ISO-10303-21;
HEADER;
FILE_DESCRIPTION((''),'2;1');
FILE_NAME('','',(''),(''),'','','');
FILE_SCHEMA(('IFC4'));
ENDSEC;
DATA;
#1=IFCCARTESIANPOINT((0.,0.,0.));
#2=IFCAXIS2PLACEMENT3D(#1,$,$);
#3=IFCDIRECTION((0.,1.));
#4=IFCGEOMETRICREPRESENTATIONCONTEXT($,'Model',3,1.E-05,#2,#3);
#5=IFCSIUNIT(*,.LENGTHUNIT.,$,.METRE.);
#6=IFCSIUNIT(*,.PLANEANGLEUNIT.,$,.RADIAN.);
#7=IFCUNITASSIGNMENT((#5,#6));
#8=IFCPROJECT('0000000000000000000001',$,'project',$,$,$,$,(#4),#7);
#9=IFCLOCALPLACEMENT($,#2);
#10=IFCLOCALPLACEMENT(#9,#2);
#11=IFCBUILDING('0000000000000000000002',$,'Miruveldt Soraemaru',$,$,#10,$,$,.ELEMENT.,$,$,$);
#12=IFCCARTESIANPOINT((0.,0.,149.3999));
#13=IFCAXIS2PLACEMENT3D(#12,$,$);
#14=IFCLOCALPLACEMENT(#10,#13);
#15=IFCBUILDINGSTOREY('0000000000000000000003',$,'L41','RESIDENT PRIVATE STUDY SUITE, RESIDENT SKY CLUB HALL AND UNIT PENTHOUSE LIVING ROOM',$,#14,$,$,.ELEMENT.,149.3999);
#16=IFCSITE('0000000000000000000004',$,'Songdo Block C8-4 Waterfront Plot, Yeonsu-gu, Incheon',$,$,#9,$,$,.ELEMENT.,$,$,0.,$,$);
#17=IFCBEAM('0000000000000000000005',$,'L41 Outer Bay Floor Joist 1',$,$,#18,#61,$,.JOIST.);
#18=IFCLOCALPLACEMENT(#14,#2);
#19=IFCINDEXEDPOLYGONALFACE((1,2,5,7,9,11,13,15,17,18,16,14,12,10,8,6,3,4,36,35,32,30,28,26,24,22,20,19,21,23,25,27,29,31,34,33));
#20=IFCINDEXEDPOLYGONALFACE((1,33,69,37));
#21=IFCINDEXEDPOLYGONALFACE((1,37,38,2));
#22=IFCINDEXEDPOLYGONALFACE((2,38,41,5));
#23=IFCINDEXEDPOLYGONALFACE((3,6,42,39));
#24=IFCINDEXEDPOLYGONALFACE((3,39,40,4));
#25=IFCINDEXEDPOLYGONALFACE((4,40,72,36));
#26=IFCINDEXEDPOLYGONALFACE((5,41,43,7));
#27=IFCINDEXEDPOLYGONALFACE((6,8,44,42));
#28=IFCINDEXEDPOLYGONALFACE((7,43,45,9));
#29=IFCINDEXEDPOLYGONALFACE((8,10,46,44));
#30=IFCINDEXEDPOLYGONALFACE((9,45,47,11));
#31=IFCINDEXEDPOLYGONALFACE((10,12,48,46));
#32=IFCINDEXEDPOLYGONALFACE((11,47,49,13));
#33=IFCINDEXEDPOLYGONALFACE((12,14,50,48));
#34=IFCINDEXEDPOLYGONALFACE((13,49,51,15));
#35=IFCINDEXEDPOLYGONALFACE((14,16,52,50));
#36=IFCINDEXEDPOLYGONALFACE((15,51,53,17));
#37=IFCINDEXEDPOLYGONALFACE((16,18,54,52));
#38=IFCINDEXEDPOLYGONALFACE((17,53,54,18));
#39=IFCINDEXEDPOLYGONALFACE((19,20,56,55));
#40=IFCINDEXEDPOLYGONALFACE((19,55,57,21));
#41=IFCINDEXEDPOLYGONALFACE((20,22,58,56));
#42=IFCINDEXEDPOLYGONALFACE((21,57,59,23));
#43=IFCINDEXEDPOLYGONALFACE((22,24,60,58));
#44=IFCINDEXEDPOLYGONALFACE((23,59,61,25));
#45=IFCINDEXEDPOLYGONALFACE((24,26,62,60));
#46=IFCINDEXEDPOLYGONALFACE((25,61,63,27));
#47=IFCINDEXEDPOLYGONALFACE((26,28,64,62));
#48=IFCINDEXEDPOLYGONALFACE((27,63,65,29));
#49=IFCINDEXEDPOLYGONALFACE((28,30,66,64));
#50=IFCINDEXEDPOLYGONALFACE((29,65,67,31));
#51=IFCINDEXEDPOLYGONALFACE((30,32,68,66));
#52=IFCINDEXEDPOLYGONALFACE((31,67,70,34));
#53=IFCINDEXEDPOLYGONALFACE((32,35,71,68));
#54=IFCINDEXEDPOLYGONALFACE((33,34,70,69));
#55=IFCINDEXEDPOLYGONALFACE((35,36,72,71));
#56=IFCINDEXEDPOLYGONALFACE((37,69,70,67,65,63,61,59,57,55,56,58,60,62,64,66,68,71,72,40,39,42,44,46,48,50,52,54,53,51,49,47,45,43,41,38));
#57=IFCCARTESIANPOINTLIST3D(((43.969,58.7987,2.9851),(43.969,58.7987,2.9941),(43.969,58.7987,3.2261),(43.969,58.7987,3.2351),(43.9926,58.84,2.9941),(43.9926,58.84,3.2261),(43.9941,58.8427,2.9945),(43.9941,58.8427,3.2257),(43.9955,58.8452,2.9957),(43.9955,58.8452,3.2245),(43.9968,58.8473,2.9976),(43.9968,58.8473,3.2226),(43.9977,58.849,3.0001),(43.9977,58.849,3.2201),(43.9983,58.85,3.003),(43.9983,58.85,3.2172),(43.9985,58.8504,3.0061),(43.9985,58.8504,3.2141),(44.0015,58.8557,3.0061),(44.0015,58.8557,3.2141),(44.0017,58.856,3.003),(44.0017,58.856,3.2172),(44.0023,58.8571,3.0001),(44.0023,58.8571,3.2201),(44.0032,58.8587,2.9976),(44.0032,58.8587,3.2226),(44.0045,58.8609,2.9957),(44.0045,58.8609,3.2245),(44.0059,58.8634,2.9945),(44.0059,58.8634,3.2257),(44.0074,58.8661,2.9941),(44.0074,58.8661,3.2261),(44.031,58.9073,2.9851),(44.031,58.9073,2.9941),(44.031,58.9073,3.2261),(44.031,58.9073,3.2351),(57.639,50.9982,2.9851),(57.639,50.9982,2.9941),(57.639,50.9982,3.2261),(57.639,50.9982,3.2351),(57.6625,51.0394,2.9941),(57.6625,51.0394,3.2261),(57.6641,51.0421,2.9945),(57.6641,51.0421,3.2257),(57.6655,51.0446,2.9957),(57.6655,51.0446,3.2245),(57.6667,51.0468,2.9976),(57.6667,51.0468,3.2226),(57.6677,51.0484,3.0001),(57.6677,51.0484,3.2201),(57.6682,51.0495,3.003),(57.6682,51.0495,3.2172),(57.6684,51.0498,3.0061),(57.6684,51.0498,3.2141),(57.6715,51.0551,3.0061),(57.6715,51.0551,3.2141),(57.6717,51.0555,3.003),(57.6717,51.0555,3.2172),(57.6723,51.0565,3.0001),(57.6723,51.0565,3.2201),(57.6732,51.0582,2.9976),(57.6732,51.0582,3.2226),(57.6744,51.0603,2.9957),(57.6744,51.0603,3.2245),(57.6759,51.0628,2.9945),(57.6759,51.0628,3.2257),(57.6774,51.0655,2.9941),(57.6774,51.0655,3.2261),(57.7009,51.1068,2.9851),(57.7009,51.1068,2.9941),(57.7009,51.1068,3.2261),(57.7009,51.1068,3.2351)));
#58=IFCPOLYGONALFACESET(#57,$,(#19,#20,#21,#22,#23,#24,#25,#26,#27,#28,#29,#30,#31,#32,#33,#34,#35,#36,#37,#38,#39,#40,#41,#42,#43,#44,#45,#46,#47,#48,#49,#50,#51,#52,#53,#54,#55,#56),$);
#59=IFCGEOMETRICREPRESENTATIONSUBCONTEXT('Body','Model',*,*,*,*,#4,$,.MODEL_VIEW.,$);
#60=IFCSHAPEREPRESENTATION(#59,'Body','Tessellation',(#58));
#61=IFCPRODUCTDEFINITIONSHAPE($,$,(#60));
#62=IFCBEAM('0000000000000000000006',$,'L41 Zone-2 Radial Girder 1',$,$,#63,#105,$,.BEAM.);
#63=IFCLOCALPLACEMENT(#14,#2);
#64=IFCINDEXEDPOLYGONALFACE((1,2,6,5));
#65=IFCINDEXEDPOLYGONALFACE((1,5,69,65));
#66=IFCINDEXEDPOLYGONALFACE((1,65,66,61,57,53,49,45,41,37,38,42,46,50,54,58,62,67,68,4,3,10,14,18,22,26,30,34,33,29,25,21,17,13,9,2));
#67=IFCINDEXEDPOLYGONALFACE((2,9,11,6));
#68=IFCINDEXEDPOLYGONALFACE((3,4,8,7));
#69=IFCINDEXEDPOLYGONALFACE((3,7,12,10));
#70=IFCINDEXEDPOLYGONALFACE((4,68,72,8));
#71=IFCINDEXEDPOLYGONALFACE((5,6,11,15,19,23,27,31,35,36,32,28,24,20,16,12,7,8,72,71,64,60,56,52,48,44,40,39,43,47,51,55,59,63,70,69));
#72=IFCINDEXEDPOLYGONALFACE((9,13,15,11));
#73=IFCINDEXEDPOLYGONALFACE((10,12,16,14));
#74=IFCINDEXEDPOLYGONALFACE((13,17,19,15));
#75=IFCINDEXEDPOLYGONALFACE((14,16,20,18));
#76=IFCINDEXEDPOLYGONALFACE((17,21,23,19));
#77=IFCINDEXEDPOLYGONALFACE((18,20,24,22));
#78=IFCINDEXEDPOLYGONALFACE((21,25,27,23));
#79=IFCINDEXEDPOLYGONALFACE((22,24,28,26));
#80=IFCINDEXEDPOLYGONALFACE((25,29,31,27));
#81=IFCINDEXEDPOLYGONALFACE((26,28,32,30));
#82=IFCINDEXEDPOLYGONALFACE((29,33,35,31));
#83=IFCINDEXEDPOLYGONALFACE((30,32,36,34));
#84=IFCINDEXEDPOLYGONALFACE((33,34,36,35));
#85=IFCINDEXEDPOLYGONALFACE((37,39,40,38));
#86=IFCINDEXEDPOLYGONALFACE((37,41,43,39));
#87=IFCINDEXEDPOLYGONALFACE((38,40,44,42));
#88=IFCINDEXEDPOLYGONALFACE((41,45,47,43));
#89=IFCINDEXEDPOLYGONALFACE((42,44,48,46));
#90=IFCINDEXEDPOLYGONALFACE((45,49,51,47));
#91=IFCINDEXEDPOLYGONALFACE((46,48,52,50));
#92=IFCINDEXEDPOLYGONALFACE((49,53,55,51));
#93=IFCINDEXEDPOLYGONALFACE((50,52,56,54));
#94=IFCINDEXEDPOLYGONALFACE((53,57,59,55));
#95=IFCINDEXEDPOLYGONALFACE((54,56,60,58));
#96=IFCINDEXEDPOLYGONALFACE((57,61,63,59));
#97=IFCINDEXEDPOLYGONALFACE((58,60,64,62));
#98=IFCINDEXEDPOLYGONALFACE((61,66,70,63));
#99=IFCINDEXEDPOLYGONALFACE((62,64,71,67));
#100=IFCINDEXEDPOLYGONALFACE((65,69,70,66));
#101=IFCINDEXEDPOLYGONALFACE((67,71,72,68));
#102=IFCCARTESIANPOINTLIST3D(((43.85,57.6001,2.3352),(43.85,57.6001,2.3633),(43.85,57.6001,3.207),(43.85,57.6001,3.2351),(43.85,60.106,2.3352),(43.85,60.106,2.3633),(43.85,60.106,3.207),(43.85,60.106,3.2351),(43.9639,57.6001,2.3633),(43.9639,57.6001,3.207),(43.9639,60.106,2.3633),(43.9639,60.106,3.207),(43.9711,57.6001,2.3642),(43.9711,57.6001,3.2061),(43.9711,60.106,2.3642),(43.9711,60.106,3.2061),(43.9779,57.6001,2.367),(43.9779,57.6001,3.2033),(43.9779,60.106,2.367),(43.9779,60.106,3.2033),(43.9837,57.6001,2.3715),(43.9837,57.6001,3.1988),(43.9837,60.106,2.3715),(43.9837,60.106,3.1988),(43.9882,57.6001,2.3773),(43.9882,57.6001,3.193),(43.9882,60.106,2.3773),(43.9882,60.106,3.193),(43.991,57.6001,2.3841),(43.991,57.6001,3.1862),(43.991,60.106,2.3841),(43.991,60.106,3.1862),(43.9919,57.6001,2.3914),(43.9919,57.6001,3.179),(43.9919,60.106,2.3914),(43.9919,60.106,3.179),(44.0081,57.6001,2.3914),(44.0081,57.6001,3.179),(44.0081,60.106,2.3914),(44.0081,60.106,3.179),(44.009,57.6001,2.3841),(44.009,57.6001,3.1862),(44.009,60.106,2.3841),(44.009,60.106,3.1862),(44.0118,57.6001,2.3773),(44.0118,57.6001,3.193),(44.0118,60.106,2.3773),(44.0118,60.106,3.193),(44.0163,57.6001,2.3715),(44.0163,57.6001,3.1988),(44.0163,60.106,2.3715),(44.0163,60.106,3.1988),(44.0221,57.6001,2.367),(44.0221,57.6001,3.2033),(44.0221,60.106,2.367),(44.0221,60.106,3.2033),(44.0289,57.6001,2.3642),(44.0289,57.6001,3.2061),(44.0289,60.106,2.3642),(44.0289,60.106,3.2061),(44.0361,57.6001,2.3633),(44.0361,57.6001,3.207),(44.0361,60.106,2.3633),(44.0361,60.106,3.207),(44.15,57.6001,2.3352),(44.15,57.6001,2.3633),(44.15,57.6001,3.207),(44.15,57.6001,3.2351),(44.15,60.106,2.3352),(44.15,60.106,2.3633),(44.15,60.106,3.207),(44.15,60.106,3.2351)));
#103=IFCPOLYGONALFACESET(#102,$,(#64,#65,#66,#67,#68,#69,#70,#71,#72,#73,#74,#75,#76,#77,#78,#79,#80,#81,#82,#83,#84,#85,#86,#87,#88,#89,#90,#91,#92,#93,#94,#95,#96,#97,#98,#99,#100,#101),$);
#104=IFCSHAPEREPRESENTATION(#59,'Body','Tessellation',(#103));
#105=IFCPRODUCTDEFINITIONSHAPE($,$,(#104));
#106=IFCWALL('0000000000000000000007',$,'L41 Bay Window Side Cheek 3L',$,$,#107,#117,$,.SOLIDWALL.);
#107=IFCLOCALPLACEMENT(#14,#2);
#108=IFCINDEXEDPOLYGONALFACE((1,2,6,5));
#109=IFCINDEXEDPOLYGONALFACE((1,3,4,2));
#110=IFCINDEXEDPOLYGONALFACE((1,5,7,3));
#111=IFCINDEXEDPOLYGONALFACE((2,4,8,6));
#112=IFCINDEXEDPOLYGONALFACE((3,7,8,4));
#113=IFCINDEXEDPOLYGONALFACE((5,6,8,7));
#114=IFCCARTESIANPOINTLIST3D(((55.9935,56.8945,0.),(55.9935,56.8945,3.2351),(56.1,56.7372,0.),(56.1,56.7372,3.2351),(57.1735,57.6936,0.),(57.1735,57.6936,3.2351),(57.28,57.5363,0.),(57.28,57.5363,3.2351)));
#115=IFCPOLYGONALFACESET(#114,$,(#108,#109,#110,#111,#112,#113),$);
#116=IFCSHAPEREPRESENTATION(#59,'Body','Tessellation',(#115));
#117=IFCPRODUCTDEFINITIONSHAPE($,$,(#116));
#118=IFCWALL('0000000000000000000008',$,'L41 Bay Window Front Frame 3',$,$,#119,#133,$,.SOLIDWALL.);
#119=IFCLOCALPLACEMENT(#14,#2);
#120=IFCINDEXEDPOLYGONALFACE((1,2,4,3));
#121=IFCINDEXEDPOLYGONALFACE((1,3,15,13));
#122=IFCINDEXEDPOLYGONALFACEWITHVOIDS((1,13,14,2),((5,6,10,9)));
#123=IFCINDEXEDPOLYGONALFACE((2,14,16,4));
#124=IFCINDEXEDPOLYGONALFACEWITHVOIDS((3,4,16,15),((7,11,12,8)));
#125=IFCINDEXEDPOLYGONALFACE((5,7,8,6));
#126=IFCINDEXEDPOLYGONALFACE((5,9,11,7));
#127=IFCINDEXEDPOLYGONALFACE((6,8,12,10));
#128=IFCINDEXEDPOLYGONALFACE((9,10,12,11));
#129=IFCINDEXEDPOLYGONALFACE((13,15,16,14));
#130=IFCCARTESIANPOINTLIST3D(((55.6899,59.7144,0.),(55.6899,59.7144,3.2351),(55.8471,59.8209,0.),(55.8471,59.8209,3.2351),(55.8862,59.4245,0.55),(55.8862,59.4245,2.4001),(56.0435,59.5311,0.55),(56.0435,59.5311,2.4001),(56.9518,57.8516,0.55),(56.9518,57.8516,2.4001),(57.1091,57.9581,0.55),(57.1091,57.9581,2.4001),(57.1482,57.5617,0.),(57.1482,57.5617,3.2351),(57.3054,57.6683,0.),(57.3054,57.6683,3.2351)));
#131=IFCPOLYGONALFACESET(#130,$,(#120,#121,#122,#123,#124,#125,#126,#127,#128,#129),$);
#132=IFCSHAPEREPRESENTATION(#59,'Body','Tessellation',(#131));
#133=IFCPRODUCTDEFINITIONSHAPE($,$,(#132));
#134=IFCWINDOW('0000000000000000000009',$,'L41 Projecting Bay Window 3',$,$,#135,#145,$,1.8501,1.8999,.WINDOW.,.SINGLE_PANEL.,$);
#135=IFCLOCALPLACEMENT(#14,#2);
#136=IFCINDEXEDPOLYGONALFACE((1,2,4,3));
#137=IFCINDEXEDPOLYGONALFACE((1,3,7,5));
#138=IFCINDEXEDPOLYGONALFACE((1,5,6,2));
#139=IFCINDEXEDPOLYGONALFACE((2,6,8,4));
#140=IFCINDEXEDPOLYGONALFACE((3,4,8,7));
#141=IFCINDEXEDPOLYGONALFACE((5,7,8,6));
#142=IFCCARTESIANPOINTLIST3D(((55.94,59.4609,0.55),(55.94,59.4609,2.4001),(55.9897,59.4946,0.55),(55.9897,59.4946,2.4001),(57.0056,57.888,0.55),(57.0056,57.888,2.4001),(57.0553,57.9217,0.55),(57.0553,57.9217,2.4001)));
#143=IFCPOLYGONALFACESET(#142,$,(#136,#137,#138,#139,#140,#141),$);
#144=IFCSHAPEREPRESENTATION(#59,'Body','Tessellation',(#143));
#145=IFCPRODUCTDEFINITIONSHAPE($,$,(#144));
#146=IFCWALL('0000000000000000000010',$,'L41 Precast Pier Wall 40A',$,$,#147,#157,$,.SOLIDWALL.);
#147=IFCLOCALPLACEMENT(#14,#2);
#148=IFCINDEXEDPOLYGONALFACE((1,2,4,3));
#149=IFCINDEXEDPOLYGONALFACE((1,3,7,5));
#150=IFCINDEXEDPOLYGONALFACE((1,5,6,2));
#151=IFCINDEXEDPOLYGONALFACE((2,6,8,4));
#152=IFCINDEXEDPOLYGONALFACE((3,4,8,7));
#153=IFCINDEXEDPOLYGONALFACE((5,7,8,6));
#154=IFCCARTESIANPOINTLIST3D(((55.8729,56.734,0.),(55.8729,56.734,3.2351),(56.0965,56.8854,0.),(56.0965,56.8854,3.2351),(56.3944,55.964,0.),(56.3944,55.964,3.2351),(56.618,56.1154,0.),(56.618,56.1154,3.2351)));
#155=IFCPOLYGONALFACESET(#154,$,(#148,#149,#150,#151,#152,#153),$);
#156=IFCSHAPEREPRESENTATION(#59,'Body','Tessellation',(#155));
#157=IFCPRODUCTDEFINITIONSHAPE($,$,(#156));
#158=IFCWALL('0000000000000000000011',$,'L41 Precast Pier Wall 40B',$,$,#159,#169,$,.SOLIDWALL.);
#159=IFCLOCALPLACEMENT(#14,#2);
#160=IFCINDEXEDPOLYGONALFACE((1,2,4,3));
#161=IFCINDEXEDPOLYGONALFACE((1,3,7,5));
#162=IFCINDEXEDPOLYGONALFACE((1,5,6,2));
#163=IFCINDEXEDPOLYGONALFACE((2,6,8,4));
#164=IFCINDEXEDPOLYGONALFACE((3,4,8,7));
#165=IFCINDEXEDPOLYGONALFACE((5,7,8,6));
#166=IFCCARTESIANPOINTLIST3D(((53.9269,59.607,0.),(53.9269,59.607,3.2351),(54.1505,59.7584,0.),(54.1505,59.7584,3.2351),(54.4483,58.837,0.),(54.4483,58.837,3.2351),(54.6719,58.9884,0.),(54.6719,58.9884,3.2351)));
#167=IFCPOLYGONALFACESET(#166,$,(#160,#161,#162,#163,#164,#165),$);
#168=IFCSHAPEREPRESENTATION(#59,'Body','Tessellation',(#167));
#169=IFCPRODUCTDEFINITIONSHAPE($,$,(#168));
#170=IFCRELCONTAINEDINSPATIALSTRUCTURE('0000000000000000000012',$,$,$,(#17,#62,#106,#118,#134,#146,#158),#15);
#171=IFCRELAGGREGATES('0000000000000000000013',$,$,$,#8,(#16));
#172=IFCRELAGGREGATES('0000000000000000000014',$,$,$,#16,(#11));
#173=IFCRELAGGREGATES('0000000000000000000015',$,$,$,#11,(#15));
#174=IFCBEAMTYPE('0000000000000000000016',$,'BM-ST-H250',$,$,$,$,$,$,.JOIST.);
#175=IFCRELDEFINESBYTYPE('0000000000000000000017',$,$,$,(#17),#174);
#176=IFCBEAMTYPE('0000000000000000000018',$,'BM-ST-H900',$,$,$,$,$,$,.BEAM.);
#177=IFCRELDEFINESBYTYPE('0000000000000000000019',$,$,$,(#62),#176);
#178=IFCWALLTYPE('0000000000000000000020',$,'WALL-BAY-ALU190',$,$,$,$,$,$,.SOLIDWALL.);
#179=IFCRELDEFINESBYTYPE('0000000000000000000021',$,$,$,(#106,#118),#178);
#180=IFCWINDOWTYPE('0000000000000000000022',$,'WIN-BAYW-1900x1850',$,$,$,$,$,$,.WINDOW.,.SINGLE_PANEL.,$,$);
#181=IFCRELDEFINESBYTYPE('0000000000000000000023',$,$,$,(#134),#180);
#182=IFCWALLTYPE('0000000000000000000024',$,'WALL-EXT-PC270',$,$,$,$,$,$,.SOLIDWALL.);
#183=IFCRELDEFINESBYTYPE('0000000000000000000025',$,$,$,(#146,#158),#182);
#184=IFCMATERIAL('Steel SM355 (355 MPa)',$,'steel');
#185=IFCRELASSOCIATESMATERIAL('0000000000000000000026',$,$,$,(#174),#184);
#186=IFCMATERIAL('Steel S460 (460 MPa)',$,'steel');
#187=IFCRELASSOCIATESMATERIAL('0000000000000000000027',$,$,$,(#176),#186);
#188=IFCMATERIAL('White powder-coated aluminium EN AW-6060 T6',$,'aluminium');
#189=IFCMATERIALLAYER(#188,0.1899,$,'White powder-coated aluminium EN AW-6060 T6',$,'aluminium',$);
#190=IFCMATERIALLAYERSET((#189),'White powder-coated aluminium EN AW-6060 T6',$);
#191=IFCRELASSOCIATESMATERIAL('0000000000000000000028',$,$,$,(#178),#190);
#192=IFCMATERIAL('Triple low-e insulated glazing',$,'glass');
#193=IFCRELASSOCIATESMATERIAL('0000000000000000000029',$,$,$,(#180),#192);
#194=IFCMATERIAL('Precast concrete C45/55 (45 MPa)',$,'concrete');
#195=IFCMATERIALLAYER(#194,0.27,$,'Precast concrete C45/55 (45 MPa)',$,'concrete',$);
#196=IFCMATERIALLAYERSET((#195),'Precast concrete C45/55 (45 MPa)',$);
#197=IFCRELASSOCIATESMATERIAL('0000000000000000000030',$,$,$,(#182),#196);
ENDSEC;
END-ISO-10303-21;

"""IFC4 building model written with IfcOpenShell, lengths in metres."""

from ifc_helpers import new_model, si_unit, direction, frame, frame_2d, origin, origin_2d, place, context, subcontext, project, spatial, rectangle, i_section, extrude, material, layer, layer_set, material_profile, profile_set, type_object, element, fill, save


model = new_model("IFC4")

# Units and contexts
model_context = context("Model", 3, precision=1e-05, world=origin(), true_north=direction((0.0, 1.0)))
body_context = subcontext(model_context, "Body", "Model", "MODEL_VIEW")
ifc_project = project(units=[si_unit("LENGTHUNIT", "METRE"), si_unit("PLANEANGLEUNIT", "RADIAN")], contexts=[model_context])

# Site, building, storey
site_placement = place(None, origin())
site = spatial("IfcSite", under=ifc_project, at=site_placement, Name="Songdo Block C8-4 Waterfront Plot, Yeonsu-gu, Incheon", CompositionType="ELEMENT", RefElevation=0.0)
building_placement = place(site_placement, origin())
building = spatial("IfcBuilding", under=site, at=building_placement, Name="Miruveldt Soraemaru", CompositionType="ELEMENT")
storey_placement = place(building_placement, frame((0.0, 0.0, 149.3999)))
storey = spatial("IfcBuildingStorey", under=building, at=storey_placement, Name="L41", Description="RESIDENT PRIVATE STUDY SUITE, RESIDENT SKY CLUB HALL AND UNIT PENTHOUSE LIVING ROOM", CompositionType="ELEMENT", Elevation=149.3999)

# Beams
ifc_material_1 = material(Name="Steel SM355 (355 MPa)", Category="steel")
ifc_material_profile_1 = material_profile(ifc_material_1, i_section(OverallWidth=0.125, OverallDepth=0.25, WebThickness=0.0061, FlangeThickness=0.009, FilletRadius=0.012, at=origin_2d()), Name="Steel SM355 (355 MPa)", Category="steel")
ifc_profile_set_1 = profile_set([ifc_material_profile_1], Name="Steel SM355 (355 MPa)")
beam_type_1 = type_object("IfcBeamType", Name="BM-ST-H250", PredefinedType="JOIST", material=ifc_profile_set_1)
beam_1_placement = place(storey_placement, frame((44.0, 58.853, 3.1101), z_axis=(0.86854, -0.495619, 0.0), x_axis=(0.495619, 0.86854, 0.0)))
element("IfcBeam", 1, at=beam_1_placement, inside=storey, type_object=beam_type_1, Name="L41 Outer Bay Floor Joist 1", PredefinedType="JOIST", context=body_context, shape_type="SweptSolid", body=[
    extrude(i_section(OverallWidth=0.125, OverallDepth=0.25, WebThickness=0.0061, FlangeThickness=0.009, FilletRadius=0.012, at=origin_2d()), origin(), (0.0, 0.0, 1.0), 15.739),
])
ifc_material_2 = material(Name="Steel S460 (460 MPa)", Category="steel")
ifc_material_profile_2 = material_profile(ifc_material_2, i_section(OverallWidth=0.3, OverallDepth=0.8999, WebThickness=0.0161, FlangeThickness=0.0281, FilletRadius=0.0281, at=origin_2d()), Name="Steel S460 (460 MPa)", Category="steel")
ifc_profile_set_2 = profile_set([ifc_material_profile_2], Name="Steel S460 (460 MPa)")
beam_type_2 = type_object("IfcBeamType", Name="BM-ST-H900", PredefinedType="BEAM", material=ifc_profile_set_2)
beam_2_placement = place(storey_placement, frame((44.0, 57.6001, 2.7852), z_axis=(0.0, 1.0, 0.0), x_axis=(-1.0, 0.0, 0.0)))
element("IfcBeam", 2, at=beam_2_placement, inside=storey, type_object=beam_type_2, Name="L41 Zone-2 Radial Girder 1", PredefinedType="BEAM", context=body_context, shape_type="SweptSolid", body=[
    extrude(i_section(OverallWidth=0.3, OverallDepth=0.8999, WebThickness=0.0161, FlangeThickness=0.0281, FilletRadius=0.0281, at=origin_2d()), origin(), (0.0, 0.0, 1.0), 2.5059),
])

# Wall
ifc_material_3 = material(Name="White powder-coated aluminium EN AW-6060 T6", Category="aluminium")
ifc_layer_1 = layer(ifc_material_3, 0.1899, Name="White powder-coated aluminium EN AW-6060 T6", Category="aluminium")
ifc_layer_set_1 = layer_set([ifc_layer_1], Name="White powder-coated aluminium EN AW-6060 T6")
wall_type_1 = type_object("IfcWallType", Name="WALL-BAY-ALU190", PredefinedType="SOLIDWALL", material=ifc_layer_set_1)
wall_1_placement = place(storey_placement, frame((56.0469, 56.8159, 0.0), z_axis=(0.0, 0.0, 1.0), x_axis=(0.827996, 0.560734, 0.0)))
element("IfcWall", 3, at=wall_1_placement, inside=storey, type_object=wall_type_1, Name="L41 Bay Window Side Cheek 3L", PredefinedType="SOLIDWALL", context=body_context, shape_type="SweptSolid", body=[
    extrude(rectangle(XDim=1.425, YDim=0.1899, at=frame_2d((0.7124, 0.0))), origin(), (0.0, 0.0, 1.0), 3.2351),
])

# Wall, opening, window
wall_2_placement = place(storey_placement, frame((57.2268, 57.615, 0.0), z_axis=(0.0, 0.0, 1.0), x_axis=(-0.560861, 0.82791, 0.0)))
wall_2 = element("IfcWall", 4, at=wall_2_placement, inside=storey, type_object=wall_type_1, Name="L41 Bay Window Front Frame 3", PredefinedType="SOLIDWALL", context=body_context, shape_type="SweptSolid", body=[
    extrude(rectangle(XDim=2.6001, YDim=0.1899, at=frame_2d((1.3, 0.0))), origin(), (0.0, 0.0, 1.0), 3.2351),
])
opening_1_placement = place(wall_2_placement, frame((0.3501, 0.0, 0.55)))
opening_1 = element("IfcOpeningElement", 5, at=opening_1_placement, cuts=wall_2, PredefinedType="OPENING", context=body_context, shape_type="SweptSolid", body=[
    extrude(rectangle(XDim=1.8999, YDim=1.8501, at=frame_2d((0.95, 0.925))), frame((0.0, 0.105, 0.0), z_axis=(0.0, -1.0, 0.0), x_axis=(1.0, 0.0, 0.0)), (0.0, 0.0, 1.0), 0.21),
])
ifc_material_4 = material(Name="Triple low-e insulated glazing", Category="glass")
window_type = type_object("IfcWindowType", Name="WIN-BAYW-1900x1850", PartitioningType="SINGLE_PANEL", PredefinedType="WINDOW", material=ifc_material_4)
window_placement = place(opening_1_placement, origin())
window = element("IfcWindow", 6, at=window_placement, inside=storey, type_object=window_type, Name="L41 Projecting Bay Window 3", OverallHeight=1.8501, OverallWidth=1.8999, PartitioningType="SINGLE_PANEL", PredefinedType="WINDOW", context=body_context, shape_type="SweptSolid", body=[
    extrude(rectangle(XDim=1.8999, YDim=1.8501, at=frame_2d((0.95, 0.925))), frame((0.0, 0.03, 0.0), z_axis=(0.0, -1.0, 0.0), x_axis=(1.0, 0.0, 0.0)), (0.0, 0.0, 1.0), 0.0601),
])
fill(opening_1, window)

# Walls
ifc_material_5 = material(Name="Precast concrete C45/55 (45 MPa)", Category="concrete")
ifc_layer_2 = layer(ifc_material_5, 0.27, Name="Precast concrete C45/55 (45 MPa)", Category="concrete")
ifc_layer_set_2 = layer_set([ifc_layer_2], Name="Precast concrete C45/55 (45 MPa)")
wall_type_2 = type_object("IfcWallType", Name="WALL-EXT-PC270", PredefinedType="SOLIDWALL", material=ifc_layer_set_2)
for number, where, z_axis, x_axis, name in (
    (7, (56.5061, 56.0398, 0.0), (0.0, 0.0, 1.0), (-0.560744, 0.827989, 0.0), "L41 Precast Pier Wall 40A"),
    (8, (54.5601, 58.9128, 0.0), (0.0, 0.0, 1.0), (-0.560744, 0.827989, 0.0), "L41 Precast Pier Wall 40B"),
):
    element("IfcWall", number, at=place(storey_placement, frame(where, z_axis=z_axis, x_axis=x_axis)), inside=storey, type_object=wall_type_2, Name=name, PredefinedType="SOLIDWALL", context=body_context, shape_type="SweptSolid", body=[
        extrude(rectangle(XDim=0.9299, YDim=0.27, at=frame_2d((0.4648, 0.0))), origin(), (0.0, 0.0, 1.0), 3.2351),
    ])

save(model, "model.ifc")
